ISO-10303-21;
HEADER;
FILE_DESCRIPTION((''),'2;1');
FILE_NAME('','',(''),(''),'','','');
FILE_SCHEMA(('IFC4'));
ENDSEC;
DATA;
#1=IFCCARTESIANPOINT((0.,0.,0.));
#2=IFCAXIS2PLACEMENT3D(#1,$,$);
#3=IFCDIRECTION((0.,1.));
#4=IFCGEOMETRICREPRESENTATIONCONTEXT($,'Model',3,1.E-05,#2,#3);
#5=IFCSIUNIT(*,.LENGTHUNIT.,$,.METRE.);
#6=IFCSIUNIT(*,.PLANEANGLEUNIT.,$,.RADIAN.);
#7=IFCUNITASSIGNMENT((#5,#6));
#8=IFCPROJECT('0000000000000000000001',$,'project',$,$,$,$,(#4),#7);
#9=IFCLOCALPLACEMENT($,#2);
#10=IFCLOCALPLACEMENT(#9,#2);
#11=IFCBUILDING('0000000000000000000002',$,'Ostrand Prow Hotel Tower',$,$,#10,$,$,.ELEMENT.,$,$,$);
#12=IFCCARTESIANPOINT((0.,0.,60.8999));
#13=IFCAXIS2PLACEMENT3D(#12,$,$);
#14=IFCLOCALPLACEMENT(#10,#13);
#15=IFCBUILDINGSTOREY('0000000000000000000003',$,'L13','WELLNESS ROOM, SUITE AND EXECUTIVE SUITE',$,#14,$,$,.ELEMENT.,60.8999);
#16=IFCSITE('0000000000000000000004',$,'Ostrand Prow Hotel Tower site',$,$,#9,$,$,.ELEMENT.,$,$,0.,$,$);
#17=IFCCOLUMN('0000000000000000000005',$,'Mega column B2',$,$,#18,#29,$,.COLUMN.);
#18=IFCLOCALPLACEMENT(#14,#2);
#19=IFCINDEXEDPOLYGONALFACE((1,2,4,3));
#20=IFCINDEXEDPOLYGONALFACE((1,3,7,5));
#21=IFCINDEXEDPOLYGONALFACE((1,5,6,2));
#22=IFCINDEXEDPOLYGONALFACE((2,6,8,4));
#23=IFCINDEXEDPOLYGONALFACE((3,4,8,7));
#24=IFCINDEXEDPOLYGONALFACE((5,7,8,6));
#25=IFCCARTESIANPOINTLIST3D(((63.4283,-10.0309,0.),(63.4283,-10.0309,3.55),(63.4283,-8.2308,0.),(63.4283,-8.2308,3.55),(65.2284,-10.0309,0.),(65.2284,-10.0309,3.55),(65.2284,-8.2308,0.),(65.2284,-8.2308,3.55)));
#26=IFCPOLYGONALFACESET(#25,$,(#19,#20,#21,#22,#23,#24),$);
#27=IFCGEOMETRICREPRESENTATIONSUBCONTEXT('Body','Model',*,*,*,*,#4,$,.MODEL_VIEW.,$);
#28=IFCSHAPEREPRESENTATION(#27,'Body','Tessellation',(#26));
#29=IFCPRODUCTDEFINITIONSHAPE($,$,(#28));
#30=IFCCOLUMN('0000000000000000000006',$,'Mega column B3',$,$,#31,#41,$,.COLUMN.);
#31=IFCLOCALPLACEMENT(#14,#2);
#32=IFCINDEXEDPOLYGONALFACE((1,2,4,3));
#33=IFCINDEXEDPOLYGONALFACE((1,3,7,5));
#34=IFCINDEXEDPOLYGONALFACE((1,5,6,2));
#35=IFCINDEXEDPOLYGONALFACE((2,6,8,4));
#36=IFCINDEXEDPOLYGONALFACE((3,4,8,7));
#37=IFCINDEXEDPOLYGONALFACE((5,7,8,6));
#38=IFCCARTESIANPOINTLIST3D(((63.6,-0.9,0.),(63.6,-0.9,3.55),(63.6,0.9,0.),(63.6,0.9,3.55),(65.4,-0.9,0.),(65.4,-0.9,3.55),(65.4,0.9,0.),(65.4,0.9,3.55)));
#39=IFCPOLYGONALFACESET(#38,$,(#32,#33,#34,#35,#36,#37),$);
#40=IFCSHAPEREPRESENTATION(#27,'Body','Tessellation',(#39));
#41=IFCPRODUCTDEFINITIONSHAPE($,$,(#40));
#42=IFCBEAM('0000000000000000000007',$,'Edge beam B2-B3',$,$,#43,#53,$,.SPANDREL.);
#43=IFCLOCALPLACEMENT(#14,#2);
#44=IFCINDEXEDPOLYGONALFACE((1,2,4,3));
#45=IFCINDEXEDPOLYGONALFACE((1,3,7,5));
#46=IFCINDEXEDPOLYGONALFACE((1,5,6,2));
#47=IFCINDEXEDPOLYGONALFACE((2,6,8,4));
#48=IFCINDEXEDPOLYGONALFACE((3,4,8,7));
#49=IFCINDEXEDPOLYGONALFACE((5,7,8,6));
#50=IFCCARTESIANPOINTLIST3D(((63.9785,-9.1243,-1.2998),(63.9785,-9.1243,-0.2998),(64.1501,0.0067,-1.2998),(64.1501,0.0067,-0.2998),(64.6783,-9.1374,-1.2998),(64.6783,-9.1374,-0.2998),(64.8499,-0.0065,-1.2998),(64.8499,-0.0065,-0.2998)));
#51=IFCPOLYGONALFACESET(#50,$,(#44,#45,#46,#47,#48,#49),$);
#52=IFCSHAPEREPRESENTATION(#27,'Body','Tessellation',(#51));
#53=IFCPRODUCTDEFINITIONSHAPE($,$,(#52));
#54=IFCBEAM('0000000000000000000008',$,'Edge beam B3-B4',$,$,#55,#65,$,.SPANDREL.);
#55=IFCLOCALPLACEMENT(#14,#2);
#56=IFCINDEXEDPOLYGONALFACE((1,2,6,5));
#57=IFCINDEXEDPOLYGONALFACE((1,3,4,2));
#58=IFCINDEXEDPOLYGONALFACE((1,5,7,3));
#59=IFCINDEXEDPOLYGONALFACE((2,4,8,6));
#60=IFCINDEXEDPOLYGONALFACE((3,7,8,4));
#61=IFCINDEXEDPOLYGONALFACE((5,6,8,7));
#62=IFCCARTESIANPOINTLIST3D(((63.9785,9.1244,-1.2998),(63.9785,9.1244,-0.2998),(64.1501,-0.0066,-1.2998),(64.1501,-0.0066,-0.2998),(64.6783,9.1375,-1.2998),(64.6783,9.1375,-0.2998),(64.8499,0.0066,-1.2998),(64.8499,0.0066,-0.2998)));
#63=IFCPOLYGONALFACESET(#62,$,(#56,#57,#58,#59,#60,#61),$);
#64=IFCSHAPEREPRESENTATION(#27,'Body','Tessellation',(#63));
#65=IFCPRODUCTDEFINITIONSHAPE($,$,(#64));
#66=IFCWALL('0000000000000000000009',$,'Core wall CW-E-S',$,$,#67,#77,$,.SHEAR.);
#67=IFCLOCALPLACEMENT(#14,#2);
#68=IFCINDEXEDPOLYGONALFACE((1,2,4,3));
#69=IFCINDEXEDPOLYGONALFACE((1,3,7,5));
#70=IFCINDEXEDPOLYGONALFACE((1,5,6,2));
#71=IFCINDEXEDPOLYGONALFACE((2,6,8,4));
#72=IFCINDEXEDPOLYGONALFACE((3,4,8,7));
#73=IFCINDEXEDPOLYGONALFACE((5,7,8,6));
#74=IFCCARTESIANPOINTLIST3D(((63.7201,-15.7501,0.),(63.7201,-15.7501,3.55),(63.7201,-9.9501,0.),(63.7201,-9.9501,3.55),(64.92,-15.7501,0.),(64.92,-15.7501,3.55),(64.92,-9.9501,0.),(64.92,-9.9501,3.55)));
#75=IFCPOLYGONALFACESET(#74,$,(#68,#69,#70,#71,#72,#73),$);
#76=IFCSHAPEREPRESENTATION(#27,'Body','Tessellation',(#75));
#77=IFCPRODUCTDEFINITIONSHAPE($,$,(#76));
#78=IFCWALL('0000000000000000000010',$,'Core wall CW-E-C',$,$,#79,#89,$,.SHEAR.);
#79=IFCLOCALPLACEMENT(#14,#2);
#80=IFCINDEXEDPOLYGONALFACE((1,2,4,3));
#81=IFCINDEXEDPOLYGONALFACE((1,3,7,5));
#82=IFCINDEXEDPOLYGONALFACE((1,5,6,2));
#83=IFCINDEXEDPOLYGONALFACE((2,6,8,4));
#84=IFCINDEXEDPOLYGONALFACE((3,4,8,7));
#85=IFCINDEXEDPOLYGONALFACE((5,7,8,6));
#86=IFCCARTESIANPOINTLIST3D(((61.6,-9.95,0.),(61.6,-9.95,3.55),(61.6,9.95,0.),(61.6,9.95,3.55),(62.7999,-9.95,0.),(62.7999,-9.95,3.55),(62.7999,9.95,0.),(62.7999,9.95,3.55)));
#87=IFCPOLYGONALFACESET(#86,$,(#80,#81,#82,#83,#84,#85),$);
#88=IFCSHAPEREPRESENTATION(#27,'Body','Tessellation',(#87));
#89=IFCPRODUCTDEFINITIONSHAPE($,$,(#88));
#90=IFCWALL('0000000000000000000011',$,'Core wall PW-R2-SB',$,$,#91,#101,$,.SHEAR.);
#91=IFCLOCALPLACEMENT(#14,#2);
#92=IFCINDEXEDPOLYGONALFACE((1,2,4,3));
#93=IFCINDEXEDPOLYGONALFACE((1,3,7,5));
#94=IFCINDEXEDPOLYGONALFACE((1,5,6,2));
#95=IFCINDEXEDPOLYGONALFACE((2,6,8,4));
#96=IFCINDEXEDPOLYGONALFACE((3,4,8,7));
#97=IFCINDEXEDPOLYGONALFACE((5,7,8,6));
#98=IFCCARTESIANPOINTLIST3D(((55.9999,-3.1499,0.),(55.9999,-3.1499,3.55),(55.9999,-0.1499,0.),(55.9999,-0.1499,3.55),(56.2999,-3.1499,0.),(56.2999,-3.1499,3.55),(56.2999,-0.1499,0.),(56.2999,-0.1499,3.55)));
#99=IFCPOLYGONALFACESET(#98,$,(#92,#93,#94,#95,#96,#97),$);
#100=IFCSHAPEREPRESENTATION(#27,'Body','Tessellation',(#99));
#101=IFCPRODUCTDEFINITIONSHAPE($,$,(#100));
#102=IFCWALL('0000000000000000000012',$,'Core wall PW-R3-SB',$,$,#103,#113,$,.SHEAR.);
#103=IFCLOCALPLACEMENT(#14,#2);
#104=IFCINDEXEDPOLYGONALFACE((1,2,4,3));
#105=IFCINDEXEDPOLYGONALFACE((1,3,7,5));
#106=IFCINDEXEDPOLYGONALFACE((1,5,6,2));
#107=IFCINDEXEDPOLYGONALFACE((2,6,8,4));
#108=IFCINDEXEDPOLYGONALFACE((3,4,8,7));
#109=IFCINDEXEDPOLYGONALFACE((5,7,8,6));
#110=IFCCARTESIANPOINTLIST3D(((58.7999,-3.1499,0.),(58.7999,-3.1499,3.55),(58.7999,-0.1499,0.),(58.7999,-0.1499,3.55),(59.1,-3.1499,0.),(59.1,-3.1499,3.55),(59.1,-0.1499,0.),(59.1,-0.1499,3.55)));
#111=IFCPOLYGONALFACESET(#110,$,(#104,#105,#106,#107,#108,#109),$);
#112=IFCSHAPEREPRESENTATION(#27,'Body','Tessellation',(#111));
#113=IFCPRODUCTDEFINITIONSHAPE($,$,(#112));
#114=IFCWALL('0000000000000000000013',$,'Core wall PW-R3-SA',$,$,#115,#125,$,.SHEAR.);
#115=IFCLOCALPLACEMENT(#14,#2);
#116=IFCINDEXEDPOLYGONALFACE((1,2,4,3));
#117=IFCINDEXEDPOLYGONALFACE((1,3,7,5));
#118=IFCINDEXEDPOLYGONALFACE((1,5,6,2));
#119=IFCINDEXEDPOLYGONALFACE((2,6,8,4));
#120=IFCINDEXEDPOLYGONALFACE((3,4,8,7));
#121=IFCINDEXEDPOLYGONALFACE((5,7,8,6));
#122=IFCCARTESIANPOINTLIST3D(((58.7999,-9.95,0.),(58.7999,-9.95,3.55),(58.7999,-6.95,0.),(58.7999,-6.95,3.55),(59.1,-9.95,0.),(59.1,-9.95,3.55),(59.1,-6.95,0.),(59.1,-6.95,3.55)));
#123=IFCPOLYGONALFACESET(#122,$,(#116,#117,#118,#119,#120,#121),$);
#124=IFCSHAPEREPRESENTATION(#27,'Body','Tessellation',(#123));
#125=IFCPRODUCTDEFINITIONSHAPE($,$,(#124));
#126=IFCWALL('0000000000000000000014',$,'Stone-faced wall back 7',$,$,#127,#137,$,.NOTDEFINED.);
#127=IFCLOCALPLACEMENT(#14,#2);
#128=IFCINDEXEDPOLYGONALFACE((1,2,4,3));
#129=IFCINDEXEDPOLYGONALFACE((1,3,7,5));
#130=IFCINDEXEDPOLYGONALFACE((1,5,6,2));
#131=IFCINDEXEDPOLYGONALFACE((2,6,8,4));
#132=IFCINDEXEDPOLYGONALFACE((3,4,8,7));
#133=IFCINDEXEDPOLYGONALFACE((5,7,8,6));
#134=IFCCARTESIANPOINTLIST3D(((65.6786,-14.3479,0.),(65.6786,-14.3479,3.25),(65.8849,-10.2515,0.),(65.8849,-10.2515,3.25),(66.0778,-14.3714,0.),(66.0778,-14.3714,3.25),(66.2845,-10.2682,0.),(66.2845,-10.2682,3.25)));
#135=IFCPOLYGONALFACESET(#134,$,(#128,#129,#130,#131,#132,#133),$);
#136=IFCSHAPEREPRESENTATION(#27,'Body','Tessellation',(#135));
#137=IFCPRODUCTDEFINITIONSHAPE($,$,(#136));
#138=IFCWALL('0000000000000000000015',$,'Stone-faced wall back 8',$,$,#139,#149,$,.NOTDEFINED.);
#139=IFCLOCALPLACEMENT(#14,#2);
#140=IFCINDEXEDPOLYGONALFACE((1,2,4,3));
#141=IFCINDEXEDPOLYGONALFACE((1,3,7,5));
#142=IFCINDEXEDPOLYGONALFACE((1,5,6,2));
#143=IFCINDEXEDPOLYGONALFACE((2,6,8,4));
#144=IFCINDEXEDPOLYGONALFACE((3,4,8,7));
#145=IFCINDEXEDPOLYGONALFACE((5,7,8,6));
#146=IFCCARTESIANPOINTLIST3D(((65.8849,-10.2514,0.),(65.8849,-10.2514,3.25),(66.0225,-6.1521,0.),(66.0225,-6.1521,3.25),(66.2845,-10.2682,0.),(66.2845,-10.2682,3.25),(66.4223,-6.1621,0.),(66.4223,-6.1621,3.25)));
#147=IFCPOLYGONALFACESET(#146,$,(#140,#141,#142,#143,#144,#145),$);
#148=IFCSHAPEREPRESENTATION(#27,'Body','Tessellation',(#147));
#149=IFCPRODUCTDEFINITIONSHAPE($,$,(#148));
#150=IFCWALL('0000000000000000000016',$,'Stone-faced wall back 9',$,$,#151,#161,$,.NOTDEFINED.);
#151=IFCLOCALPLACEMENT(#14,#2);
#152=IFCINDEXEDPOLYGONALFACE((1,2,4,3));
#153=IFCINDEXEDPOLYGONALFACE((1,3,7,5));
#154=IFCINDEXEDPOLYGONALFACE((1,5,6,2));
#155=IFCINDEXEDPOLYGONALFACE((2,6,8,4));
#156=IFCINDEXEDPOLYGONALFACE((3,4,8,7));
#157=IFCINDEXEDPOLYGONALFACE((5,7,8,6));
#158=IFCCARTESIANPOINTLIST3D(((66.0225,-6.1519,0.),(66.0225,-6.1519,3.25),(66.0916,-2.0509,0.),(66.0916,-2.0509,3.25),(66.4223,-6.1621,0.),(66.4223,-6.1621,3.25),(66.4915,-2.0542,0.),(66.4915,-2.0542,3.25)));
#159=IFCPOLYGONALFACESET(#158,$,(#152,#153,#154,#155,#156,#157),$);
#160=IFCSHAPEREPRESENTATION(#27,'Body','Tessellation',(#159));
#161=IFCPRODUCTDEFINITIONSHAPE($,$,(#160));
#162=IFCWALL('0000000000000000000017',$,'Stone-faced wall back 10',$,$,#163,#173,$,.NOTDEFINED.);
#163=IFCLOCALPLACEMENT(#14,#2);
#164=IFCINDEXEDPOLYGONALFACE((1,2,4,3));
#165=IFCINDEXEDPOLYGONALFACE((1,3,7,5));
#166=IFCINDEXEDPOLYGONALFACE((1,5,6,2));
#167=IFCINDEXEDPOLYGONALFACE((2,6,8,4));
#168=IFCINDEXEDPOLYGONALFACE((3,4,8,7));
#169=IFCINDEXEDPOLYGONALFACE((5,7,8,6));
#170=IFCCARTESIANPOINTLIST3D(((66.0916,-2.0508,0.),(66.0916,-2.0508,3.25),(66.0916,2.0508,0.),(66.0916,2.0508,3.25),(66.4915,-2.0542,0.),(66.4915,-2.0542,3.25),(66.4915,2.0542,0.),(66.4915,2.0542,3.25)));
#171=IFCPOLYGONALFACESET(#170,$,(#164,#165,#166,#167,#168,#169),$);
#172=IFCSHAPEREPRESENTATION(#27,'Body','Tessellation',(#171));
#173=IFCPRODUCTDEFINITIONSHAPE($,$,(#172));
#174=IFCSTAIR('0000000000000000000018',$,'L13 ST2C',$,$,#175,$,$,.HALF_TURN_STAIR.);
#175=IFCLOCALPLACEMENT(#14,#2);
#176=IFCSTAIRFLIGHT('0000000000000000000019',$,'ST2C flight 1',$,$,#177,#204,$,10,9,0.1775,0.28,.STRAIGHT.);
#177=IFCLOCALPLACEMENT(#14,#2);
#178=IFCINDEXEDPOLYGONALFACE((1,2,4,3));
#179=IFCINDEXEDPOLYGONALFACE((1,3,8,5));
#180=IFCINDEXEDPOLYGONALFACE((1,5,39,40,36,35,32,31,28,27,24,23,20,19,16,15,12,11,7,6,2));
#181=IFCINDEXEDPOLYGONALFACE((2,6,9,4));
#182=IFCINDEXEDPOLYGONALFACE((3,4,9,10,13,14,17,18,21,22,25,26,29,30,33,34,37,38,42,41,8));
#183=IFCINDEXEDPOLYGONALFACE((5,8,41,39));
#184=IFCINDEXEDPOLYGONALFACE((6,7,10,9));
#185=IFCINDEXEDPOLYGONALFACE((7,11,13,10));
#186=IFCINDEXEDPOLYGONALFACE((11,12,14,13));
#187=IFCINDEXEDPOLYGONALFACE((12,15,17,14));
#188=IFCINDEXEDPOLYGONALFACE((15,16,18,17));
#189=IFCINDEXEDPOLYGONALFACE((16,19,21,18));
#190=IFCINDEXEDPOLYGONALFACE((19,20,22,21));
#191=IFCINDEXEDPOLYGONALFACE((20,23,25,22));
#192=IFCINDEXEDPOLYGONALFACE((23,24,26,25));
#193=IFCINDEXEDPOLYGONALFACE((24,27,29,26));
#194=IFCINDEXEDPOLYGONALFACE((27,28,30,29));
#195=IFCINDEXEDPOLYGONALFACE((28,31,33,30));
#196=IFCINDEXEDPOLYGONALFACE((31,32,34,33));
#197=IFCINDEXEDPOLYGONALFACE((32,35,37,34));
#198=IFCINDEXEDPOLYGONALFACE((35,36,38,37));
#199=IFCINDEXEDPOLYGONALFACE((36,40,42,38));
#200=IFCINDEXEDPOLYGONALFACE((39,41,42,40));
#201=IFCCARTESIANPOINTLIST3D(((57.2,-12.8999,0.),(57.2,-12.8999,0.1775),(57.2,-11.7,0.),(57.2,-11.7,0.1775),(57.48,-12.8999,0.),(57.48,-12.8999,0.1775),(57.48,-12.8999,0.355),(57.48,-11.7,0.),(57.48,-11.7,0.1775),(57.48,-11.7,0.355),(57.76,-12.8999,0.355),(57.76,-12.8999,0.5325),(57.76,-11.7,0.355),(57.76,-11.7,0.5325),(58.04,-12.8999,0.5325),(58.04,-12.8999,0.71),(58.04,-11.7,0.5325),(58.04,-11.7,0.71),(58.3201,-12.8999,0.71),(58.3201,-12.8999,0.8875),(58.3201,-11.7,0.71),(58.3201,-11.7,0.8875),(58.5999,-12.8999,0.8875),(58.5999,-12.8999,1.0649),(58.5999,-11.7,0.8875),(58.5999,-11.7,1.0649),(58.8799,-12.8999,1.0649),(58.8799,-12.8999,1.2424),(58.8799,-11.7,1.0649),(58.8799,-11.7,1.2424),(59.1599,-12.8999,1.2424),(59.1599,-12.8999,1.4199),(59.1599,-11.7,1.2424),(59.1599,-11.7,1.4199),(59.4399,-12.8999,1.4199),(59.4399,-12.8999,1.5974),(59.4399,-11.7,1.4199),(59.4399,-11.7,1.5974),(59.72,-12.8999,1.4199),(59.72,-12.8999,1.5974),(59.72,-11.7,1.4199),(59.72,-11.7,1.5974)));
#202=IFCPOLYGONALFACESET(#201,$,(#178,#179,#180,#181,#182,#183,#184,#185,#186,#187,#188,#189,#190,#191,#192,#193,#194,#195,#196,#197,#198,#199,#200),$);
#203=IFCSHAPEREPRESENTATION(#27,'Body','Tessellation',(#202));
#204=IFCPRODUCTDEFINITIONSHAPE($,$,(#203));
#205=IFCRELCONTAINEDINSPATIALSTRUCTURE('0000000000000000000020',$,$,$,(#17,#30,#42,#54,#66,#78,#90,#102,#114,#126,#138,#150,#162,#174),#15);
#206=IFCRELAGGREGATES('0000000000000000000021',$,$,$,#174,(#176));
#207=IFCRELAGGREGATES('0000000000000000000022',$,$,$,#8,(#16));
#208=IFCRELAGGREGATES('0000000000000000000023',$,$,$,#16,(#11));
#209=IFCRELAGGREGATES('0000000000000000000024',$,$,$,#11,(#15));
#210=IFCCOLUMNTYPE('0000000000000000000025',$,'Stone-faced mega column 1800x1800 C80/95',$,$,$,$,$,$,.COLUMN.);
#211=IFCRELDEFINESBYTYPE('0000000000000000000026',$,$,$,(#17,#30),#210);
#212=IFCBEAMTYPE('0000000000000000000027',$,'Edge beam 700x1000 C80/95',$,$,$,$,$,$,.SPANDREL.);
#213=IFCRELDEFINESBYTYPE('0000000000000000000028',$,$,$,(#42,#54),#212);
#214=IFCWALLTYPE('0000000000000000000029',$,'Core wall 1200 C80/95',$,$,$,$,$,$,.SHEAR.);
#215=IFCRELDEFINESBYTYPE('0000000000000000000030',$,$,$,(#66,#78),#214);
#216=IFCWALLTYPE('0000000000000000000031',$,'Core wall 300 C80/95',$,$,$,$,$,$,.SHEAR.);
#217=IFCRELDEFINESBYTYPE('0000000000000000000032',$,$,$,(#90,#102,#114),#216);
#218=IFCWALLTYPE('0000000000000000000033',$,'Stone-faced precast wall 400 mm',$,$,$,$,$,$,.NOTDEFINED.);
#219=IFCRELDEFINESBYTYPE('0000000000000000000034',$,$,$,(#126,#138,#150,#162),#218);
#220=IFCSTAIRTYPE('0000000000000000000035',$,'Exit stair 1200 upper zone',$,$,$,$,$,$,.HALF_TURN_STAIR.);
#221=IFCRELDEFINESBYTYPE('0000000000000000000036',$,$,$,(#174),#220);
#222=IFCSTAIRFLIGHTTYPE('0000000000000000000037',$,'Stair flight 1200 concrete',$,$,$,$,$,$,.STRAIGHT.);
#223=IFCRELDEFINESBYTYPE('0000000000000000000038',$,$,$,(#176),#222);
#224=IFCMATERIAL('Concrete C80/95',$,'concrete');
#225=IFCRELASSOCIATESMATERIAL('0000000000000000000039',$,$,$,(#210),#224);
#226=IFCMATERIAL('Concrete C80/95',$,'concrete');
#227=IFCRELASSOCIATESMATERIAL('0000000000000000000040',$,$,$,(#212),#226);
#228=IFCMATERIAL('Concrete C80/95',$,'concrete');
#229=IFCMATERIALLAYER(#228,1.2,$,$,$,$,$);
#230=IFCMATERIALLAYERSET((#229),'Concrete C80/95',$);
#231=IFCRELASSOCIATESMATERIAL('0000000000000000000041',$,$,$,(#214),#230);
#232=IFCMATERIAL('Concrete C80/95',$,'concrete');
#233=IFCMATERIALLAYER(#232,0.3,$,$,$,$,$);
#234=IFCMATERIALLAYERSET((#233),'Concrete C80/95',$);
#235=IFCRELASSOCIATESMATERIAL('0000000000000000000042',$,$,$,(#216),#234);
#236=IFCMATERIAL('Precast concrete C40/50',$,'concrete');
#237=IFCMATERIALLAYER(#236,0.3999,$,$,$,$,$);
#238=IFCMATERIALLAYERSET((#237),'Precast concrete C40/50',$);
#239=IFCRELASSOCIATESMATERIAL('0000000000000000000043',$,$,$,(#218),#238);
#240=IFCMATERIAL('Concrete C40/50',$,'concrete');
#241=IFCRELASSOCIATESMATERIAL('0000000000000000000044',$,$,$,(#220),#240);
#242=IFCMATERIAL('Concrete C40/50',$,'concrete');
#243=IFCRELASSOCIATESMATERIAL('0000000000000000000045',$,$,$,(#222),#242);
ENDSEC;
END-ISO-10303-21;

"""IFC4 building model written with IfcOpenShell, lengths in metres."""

from ifc_helpers import new_model, si_unit, direction, frame, frame_2d, origin, origin_2d, place, context, subcontext, project, spatial, polyline, rectangle, outline, extrude, material, layer, layer_set, material_profile, profile_set, type_object, element, aggregate, save


model = new_model("IFC4")

# Units and contexts
model_context = context("Model", 3, precision=1e-05, world=origin(), true_north=direction((0.0, 1.0)))
body_context = subcontext(model_context, "Body", "Model", "MODEL_VIEW")
ifc_project = project(units=[si_unit("LENGTHUNIT", "METRE"), si_unit("PLANEANGLEUNIT", "RADIAN")], contexts=[model_context])

# Site, building, storey
site_placement = place(None, origin())
site = spatial("IfcSite", under=ifc_project, at=site_placement, Name="Ostrand Prow Hotel Tower site", CompositionType="ELEMENT", RefElevation=0.0)
building_placement = place(site_placement, origin())
building = spatial("IfcBuilding", under=site, at=building_placement, Name="Ostrand Prow Hotel Tower", CompositionType="ELEMENT")
storey_placement = place(building_placement, frame((0.0, 0.0, 60.8999)))
storey = spatial("IfcBuildingStorey", under=building, at=storey_placement, Name="L13", Description="WELLNESS ROOM, SUITE AND EXECUTIVE SUITE", CompositionType="ELEMENT", Elevation=60.8999)

# Columns
ifc_material_1 = material(Name="Concrete C80/95", Category="concrete")
ifc_material_profile_1 = material_profile(ifc_material_1, rectangle(XDim=1.8, YDim=1.8, at=origin_2d()), Name="RC 1800x1800")
ifc_profile_set_1 = profile_set([ifc_material_profile_1], Name="Concrete C80/95")
column_type = type_object("IfcColumnType", Name="Stone-faced mega column 1800x1800 C80/95", PredefinedType="COLUMN", material=ifc_profile_set_1)
for number, where, z_axis, x_axis, name in (
    (1, (64.3284, -9.1309, 0.0), (0.0, 0.0, 1.0), (1.0, 0.0, 0.0), "Mega column B2"),
    (2, (64.5, 0.0, 0.0), (0.0, 0.0, 1.0), (1.0, 0.0, 0.0), "Mega column B3"),
):
    element("IfcColumn", number, at=place(storey_placement, frame(where, z_axis=z_axis, x_axis=x_axis)), inside=storey, type_object=column_type, Name=name, PredefinedType="COLUMN", context=body_context, shape_type="SweptSolid", body=[
        extrude(rectangle(XDim=1.8, YDim=1.8, at=origin_2d()), origin(), (0.0, 0.0, 1.0), 3.55),
    ])

# Beams
ifc_material_2 = material(Name="Concrete C80/95", Category="concrete")
ifc_material_profile_2 = material_profile(ifc_material_2, rectangle(XDim=0.7, YDim=1.0, at=origin_2d()), Name="RC 700x1000")
ifc_profile_set_2 = profile_set([ifc_material_profile_2], Name="Concrete C80/95")
beam_type = type_object("IfcBeamType", Name="Edge beam 700x1000 C80/95", PredefinedType="SPANDREL", material=ifc_profile_set_2)
for number, where, z_axis, x_axis, name in (
    (3, (64.3284, -9.1309, -0.7998), (0.018793, 0.999823, 0.0), (-0.999823, 0.018793, 0.0), "Edge beam B2-B3"),
    (4, (64.5, 0.0, -0.7998), (-0.018793, 0.999823, 0.0), (-0.999823, -0.018793, 0.0), "Edge beam B3-B4"),
):
    element("IfcBeam", number, at=place(storey_placement, frame(where, z_axis=z_axis, x_axis=x_axis)), inside=storey, type_object=beam_type, Name=name, PredefinedType="SPANDREL", context=body_context, shape_type="SweptSolid", body=[
        extrude(rectangle(XDim=0.7, YDim=1.0, at=origin_2d()), origin(), (0.0, 0.0, 1.0), 9.1326),
    ])

# Walls
ifc_material_3 = material(Name="Concrete C80/95", Category="concrete")
ifc_layer_1 = layer(ifc_material_3, 1.2)
ifc_layer_set_1 = layer_set([ifc_layer_1], Name="Concrete C80/95")
wall_type_1 = type_object("IfcWallType", Name="Core wall 1200 C80/95", PredefinedType="SHEAR", material=ifc_layer_set_1)
wall_1_placement = place(storey_placement, frame((64.3201, -15.75, 0.0), z_axis=(0.0, 0.0, 1.0), x_axis=(0.0, 1.0, 0.0)))
element("IfcWall", 5, at=wall_1_placement, inside=storey, type_object=wall_type_1, Name="Core wall CW-E-S", PredefinedType="SHEAR", context=body_context, shape_type="SweptSolid", body=[
    extrude(rectangle(XDim=5.8, YDim=1.2, at=frame_2d((2.8999, 0.0))), origin(), (0.0, 0.0, 1.0), 3.55),
])
wall_2_placement = place(storey_placement, frame((62.2, -9.95, 0.0), z_axis=(0.0, 0.0, 1.0), x_axis=(0.0, 1.0, 0.0)))
element("IfcWall", 6, at=wall_2_placement, inside=storey, type_object=wall_type_1, Name="Core wall CW-E-C", PredefinedType="SHEAR", context=body_context, shape_type="SweptSolid", body=[
    extrude(rectangle(XDim=19.8999, YDim=1.2, at=frame_2d((9.95, 0.0))), origin(), (0.0, 0.0, 1.0), 3.55),
])
ifc_material_4 = material(Name="Concrete C80/95", Category="concrete")
ifc_layer_2 = layer(ifc_material_4, 0.3)
ifc_layer_set_2 = layer_set([ifc_layer_2], Name="Concrete C80/95")
wall_type_2 = type_object("IfcWallType", Name="Core wall 300 C80/95", PredefinedType="SHEAR", material=ifc_layer_set_2)
for number, where, z_axis, x_axis, name in (
    (7, (56.1499, -3.1499, 0.0), (0.0, 0.0, 1.0), (0.0, 1.0, 0.0), "Core wall PW-R2-SB"),
    (8, (58.95, -3.1499, 0.0), (0.0, 0.0, 1.0), (0.0, 1.0, 0.0), "Core wall PW-R3-SB"),
    (9, (58.95, -9.95, 0.0), (0.0, 0.0, 1.0), (0.0, 1.0, 0.0), "Core wall PW-R3-SA"),
):
    element("IfcWall", number, at=place(storey_placement, frame(where, z_axis=z_axis, x_axis=x_axis)), inside=storey, type_object=wall_type_2, Name=name, PredefinedType="SHEAR", context=body_context, shape_type="SweptSolid", body=[
        extrude(rectangle(XDim=3.0, YDim=0.3, at=frame_2d((1.5, 0.0))), origin(), (0.0, 0.0, 1.0), 3.55),
    ])
ifc_material_5 = material(Name="Precast concrete C40/50", Category="concrete")
ifc_layer_3 = layer(ifc_material_5, 0.3999)
ifc_layer_set_3 = layer_set([ifc_layer_3], Name="Precast concrete C40/50")
wall_type_3 = type_object("IfcWallType", Name="Stone-faced precast wall 400 mm", PredefinedType="NOTDEFINED", material=ifc_layer_set_3)
for number, where, z_axis, x_axis, name in (
    (10, (65.8782, -14.3596, 0.0), (0.0, 0.0, 1.0), (0.050314, 0.998733, 0.0), "Stone-faced wall back 7"),
    (11, (66.0847, -10.2598, 0.0), (0.0, 0.0, 1.0), (0.033543, 0.999437, 0.0), "Stone-faced wall back 8"),
    (12, (66.2224, -6.157, 0.0), (0.0, 0.0, 1.0), (0.016831, 0.999858, 0.0), "Stone-faced wall back 9"),
    (13, (66.2915, -2.0525, 0.0), (0.0, 0.0, 1.0), (0.0, 1.0, 0.0), "Stone-faced wall back 10"),
):
    element("IfcWall", number, at=place(storey_placement, frame(where, z_axis=z_axis, x_axis=x_axis)), inside=storey, type_object=wall_type_3, Name=name, PredefinedType="NOTDEFINED", context=body_context, shape_type="SweptSolid", body=[
        extrude(outline(polyline([(-0.0017, -0.2), (4.1067, -0.2), (4.1033, 0.2), (0.0017, 0.2), (-0.0017, -0.2)])), origin(), (0.0, 0.0, 1.0), 3.25),
    ])

# Stair, stair flight
ifc_material_6 = material(Name="Concrete C40/50", Category="concrete")
stair_type = type_object("IfcStairType", Name="Exit stair 1200 upper zone", PredefinedType="HALF_TURN_STAIR", material=ifc_material_6)
stair_placement = place(storey_placement, origin())
stair = element("IfcStair", 14, at=stair_placement, inside=storey, type_object=stair_type, Name="L13 ST2C", PredefinedType="HALF_TURN_STAIR")
ifc_material_7 = material(Name="Concrete C40/50", Category="concrete")
stair_flight_type = type_object("IfcStairFlightType", Name="Stair flight 1200 concrete", PredefinedType="STRAIGHT", material=ifc_material_7)
stair_flight_1_placement = place(storey_placement, frame((57.2, -12.3, 0.0), z_axis=(0.0, 0.0, 1.0), x_axis=(1.0, 0.0, 0.0)))
stair_flight_1 = element("IfcStairFlight", 15, at=stair_flight_1_placement, type_object=stair_flight_type, Name="ST2C flight 1", NumberOfRisers=10, NumberOfTreads=9, PredefinedType="STRAIGHT", RiserHeight=0.1775, TreadLength=0.28, context=body_context, shape_type="SweptSolid", body=[
    extrude(outline(polyline([(0.0, 0.0), (0.0, 0.1775), (0.28, 0.1775), (0.28, 0.355), (0.5601, 0.355), (0.5601, 0.5325), (0.8401, 0.5325), (0.8401, 0.71), (1.1201, 0.71), (1.1201, 0.8875), (1.3999, 0.8875), (1.3999, 1.0649), (1.6799, 1.0649), (1.6799, 1.2424), (1.96, 1.2424), (1.96, 1.4199), (2.24, 1.4199), (2.24, 1.5974), (2.52, 1.5974), (2.52, 1.7749), (2.52, 1.4199), (0.28, 0.0), (0.0, 0.0)])), frame((0.0, 0.6001, 0.0), z_axis=(0.0, -1.0, 0.0), x_axis=(1.0, 0.0, 0.0)), (0.0, 0.0, 1.0), 1.2),
])
aggregate(stair, [stair_flight_1])

save(model, "model.ifc")
